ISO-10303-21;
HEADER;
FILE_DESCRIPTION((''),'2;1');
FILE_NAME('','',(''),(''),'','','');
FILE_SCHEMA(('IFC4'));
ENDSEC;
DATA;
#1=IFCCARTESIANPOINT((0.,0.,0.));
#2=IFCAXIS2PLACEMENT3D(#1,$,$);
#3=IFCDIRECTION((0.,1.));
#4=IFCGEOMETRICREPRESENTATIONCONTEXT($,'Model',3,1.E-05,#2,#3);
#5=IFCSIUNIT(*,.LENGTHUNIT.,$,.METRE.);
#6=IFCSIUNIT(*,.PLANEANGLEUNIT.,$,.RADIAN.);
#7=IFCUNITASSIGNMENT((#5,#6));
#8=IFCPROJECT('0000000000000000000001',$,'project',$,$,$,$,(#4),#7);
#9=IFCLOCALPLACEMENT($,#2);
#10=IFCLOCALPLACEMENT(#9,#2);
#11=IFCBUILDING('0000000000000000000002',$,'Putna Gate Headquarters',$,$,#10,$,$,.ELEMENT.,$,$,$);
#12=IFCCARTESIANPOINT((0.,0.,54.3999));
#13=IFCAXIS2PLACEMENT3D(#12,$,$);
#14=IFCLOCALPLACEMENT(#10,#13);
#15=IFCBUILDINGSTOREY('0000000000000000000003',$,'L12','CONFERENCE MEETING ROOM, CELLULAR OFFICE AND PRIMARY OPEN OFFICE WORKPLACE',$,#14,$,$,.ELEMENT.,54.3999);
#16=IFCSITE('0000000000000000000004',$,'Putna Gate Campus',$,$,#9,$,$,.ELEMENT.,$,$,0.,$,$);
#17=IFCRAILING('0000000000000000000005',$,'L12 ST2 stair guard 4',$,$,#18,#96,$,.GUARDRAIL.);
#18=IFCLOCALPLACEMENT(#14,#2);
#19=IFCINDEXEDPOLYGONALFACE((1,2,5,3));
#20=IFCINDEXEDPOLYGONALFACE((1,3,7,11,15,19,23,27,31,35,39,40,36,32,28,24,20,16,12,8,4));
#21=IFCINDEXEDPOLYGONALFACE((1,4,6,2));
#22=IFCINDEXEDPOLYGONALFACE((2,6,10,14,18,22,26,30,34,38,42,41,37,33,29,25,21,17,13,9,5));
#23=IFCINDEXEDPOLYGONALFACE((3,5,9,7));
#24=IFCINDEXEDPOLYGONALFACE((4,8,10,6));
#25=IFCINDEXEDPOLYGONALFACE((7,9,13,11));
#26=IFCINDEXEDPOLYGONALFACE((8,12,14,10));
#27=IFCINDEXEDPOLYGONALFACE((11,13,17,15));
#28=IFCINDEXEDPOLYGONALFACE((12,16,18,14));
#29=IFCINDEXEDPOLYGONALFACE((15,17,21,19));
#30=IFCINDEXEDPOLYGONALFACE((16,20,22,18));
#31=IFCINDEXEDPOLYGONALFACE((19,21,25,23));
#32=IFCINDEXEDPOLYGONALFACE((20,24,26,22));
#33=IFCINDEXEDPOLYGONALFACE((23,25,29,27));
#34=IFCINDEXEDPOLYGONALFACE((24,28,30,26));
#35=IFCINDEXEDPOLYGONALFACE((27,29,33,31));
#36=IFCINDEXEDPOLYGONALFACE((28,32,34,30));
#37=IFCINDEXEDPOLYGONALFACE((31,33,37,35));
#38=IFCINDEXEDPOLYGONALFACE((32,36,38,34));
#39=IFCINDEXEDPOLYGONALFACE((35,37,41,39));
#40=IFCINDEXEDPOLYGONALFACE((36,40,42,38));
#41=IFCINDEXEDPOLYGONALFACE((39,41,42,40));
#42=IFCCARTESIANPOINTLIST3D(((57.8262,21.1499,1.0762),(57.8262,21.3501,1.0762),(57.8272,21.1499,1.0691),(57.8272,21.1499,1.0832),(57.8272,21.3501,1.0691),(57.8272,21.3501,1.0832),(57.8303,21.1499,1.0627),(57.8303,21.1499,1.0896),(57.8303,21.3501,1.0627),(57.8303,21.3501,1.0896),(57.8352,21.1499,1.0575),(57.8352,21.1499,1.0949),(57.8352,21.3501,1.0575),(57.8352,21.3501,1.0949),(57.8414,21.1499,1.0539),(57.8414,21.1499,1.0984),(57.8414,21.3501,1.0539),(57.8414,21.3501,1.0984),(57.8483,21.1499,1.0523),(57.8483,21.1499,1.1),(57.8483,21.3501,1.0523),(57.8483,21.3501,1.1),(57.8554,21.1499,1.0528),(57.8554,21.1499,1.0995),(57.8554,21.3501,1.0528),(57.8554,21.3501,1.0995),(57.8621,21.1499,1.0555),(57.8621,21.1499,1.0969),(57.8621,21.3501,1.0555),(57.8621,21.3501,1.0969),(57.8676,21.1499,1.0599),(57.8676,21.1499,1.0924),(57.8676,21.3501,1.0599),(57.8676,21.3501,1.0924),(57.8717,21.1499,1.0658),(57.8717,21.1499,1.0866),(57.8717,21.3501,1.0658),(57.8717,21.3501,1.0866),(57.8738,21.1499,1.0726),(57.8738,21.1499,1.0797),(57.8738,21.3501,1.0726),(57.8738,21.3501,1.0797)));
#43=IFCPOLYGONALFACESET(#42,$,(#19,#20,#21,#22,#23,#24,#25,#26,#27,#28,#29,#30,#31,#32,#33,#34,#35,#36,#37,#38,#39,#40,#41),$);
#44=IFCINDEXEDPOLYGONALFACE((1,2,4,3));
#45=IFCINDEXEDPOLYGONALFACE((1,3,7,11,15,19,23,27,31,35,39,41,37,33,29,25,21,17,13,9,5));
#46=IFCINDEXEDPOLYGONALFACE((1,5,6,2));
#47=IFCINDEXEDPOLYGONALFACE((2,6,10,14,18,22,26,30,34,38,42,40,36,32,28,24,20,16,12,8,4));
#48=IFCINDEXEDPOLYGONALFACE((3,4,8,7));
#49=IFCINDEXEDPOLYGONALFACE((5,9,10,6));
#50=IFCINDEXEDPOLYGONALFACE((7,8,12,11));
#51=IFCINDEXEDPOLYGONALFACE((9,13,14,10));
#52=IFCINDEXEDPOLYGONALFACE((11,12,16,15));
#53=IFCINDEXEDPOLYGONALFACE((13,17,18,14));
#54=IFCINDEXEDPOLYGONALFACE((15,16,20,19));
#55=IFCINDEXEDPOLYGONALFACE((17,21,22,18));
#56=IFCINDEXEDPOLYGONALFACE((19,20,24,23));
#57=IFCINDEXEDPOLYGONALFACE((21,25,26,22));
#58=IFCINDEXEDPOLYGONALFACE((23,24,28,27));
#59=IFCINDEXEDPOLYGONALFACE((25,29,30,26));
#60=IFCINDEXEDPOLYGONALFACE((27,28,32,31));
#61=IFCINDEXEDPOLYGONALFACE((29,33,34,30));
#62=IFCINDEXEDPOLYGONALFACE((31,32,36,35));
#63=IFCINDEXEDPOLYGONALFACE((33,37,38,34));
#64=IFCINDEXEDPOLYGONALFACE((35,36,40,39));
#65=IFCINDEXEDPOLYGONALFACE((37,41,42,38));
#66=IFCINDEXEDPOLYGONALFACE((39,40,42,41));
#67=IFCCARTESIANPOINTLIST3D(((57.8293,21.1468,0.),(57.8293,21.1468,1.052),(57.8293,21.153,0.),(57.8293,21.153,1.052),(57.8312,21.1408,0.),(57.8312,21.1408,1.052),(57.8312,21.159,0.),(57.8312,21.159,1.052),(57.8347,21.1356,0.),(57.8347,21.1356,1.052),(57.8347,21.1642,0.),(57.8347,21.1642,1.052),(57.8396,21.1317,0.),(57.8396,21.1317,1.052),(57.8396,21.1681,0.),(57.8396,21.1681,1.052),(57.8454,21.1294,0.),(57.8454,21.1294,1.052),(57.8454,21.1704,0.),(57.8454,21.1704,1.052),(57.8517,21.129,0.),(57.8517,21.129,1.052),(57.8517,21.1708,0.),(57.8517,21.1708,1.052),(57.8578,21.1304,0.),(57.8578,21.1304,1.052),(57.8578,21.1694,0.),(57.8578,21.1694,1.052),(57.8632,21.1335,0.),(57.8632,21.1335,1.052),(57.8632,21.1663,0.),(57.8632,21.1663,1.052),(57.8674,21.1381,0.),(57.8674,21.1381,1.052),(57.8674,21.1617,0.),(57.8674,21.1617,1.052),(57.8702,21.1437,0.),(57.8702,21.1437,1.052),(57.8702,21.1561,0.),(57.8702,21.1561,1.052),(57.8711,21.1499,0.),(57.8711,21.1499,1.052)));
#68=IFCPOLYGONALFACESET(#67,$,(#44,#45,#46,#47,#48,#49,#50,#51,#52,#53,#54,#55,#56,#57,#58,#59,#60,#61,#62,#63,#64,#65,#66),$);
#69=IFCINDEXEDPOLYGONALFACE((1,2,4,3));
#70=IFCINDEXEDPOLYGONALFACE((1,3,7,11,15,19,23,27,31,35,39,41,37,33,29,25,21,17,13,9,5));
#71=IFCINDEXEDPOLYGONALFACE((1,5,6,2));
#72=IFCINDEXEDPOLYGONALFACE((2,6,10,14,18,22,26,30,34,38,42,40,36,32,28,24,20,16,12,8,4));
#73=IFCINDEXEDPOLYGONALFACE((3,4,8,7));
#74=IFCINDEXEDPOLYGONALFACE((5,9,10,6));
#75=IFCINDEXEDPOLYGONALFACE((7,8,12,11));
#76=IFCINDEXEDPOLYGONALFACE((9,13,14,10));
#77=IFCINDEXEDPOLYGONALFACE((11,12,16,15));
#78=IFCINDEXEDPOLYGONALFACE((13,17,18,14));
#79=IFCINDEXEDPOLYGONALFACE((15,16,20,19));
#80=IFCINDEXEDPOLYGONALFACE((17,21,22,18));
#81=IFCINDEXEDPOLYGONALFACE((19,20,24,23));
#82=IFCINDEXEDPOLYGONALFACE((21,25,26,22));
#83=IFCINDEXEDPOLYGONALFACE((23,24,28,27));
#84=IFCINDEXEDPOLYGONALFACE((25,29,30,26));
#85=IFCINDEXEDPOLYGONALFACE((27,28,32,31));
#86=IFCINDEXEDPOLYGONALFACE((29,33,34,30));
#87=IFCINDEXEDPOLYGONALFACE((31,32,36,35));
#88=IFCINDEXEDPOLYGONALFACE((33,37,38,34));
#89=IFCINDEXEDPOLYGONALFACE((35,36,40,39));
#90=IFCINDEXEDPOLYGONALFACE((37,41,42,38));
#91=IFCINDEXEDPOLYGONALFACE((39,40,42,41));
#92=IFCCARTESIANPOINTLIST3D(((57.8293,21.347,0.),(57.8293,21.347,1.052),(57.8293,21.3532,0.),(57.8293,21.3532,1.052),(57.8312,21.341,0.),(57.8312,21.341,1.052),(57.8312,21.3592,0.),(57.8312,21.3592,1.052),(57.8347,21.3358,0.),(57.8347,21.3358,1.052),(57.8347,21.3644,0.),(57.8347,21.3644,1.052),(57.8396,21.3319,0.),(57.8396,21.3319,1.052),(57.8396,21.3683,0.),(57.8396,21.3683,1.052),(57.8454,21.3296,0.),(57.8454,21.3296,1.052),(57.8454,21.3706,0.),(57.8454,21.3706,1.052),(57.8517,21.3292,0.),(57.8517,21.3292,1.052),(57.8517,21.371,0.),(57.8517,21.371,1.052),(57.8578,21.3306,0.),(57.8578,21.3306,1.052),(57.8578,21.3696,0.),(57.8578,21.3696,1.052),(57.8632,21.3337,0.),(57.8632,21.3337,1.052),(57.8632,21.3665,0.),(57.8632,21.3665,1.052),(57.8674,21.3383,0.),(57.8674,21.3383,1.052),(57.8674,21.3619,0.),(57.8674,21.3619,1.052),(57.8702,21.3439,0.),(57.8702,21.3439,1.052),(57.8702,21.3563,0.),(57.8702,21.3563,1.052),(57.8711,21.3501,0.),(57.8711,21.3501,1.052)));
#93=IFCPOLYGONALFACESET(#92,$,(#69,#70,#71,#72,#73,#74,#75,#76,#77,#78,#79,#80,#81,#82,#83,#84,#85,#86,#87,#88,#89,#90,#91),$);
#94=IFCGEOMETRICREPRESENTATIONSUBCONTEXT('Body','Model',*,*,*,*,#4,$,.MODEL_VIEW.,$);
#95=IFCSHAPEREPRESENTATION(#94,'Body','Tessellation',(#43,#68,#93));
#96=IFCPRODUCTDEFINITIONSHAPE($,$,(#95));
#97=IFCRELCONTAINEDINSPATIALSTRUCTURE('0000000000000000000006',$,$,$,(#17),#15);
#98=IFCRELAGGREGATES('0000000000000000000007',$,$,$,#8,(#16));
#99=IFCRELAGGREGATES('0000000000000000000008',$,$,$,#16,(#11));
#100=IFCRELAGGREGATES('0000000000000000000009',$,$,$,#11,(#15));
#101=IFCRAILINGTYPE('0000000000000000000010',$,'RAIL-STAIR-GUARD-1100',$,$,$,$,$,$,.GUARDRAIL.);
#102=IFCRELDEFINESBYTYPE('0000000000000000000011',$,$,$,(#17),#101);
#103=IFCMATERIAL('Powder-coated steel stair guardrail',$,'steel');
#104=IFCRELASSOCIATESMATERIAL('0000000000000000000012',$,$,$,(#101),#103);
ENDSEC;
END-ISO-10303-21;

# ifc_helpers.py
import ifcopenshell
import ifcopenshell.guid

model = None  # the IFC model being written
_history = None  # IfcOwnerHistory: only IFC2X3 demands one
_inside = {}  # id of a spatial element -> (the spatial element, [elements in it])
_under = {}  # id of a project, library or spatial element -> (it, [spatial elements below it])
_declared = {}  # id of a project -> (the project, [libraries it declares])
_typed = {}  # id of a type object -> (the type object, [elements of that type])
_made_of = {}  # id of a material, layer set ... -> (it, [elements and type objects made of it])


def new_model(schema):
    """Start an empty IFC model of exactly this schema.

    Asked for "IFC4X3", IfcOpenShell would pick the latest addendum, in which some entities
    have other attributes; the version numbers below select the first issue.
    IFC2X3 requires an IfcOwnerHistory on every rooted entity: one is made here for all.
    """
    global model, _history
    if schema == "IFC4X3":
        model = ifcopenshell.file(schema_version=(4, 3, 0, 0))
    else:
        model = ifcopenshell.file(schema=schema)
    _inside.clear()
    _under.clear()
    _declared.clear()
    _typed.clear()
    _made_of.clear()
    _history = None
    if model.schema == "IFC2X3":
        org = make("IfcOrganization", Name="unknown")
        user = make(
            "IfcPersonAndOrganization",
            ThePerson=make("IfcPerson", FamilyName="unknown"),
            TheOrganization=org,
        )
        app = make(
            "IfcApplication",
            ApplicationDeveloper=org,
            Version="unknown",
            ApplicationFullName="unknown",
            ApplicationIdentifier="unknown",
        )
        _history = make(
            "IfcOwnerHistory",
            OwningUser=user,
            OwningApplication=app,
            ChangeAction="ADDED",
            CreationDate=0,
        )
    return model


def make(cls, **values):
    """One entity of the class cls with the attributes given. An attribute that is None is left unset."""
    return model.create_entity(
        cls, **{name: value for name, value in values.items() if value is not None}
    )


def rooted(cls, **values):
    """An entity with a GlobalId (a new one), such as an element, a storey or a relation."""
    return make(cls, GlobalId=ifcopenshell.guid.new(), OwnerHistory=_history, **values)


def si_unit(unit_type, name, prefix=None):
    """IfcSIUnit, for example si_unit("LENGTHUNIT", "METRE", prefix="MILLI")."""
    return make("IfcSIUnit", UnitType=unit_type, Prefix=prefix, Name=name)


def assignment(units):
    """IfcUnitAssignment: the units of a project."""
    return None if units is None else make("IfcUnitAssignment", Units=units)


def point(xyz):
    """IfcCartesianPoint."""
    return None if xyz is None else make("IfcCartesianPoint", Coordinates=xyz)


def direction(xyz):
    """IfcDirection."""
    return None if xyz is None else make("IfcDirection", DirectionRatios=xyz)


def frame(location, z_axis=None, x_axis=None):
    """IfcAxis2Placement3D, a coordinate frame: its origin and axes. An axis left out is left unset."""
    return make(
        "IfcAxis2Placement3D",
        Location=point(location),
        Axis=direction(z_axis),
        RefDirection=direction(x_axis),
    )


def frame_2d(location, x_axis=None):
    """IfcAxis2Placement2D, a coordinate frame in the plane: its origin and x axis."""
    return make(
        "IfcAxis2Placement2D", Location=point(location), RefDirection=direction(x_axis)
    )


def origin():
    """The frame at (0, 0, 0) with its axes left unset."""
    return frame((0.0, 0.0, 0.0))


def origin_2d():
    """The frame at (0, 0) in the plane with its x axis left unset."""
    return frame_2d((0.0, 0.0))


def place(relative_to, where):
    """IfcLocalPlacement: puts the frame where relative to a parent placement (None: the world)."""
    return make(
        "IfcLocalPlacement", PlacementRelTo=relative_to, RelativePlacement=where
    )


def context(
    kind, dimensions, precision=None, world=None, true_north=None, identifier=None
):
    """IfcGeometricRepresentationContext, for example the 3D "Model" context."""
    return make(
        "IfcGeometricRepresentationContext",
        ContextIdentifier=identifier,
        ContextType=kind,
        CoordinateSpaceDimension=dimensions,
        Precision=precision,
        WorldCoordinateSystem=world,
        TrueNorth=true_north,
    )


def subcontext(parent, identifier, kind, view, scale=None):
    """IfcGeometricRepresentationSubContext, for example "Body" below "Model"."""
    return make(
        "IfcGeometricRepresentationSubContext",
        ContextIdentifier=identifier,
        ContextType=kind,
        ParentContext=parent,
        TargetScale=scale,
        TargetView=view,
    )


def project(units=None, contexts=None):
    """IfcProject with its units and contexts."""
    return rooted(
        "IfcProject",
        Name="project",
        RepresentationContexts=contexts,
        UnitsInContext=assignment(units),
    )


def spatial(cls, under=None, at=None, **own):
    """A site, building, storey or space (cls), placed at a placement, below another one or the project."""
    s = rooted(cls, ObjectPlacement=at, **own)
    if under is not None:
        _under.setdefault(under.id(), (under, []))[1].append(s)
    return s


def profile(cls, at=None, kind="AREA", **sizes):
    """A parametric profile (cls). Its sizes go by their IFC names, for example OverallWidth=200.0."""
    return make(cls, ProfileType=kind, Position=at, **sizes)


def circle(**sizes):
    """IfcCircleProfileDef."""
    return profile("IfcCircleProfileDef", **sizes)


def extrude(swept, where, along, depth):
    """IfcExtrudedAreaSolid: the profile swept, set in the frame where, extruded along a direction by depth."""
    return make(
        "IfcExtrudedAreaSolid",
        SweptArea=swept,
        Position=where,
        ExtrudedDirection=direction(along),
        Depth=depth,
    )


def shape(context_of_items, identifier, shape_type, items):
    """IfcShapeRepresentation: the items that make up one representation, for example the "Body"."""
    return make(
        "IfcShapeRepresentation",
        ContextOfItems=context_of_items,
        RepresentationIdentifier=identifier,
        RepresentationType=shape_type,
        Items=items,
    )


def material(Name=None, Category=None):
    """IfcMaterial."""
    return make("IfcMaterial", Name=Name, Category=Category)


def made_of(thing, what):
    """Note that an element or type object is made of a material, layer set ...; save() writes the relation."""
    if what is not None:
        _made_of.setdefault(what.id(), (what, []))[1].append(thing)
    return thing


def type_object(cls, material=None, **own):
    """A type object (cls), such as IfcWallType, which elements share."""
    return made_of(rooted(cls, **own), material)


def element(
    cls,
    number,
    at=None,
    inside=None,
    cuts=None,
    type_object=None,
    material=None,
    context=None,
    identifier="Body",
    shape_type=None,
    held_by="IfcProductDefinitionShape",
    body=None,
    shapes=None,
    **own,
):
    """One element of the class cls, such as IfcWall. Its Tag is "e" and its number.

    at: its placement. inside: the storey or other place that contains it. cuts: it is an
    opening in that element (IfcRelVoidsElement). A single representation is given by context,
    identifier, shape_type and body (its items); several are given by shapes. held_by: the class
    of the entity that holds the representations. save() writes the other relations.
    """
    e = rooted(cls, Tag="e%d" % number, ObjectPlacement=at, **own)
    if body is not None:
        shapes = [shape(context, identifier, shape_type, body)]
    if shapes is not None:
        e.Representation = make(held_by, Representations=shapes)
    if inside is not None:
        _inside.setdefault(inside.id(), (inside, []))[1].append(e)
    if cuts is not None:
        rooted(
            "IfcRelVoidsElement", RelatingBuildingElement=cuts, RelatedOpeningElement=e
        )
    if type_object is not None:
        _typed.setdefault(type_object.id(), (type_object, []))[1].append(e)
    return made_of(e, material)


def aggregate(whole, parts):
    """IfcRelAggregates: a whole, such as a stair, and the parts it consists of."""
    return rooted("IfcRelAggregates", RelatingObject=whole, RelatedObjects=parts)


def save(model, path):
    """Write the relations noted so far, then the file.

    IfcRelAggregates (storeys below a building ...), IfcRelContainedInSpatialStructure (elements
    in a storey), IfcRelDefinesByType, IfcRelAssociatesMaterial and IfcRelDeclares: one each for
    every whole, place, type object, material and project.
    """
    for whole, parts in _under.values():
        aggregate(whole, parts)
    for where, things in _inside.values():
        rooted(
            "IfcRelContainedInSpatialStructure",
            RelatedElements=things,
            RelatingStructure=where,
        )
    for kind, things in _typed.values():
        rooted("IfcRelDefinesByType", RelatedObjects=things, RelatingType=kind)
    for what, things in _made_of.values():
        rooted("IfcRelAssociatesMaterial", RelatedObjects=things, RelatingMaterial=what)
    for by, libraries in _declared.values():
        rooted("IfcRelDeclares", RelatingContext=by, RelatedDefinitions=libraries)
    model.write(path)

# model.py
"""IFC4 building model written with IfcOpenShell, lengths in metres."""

from ifc_helpers import new_model, si_unit, direction, frame, origin, origin_2d, place, context, subcontext, project, spatial, circle, extrude, material, type_object, element, save


model = new_model("IFC4")

# Units and contexts
model_context = context("Model", 3, precision=1e-05, world=origin(), true_north=direction((0.0, 1.0)))
body_context = subcontext(model_context, "Body", "Model", "MODEL_VIEW")
ifc_project = project(units=[si_unit("LENGTHUNIT", "METRE"), si_unit("PLANEANGLEUNIT", "RADIAN")], contexts=[model_context])

# Site, building, storey
site_placement = place(None, origin())
site = spatial("IfcSite", under=ifc_project, at=site_placement, Name="Putna Gate Campus", CompositionType="ELEMENT", RefElevation=0.0)
building_placement = place(site_placement, origin())
building = spatial("IfcBuilding", under=site, at=building_placement, Name="Putna Gate Headquarters", CompositionType="ELEMENT")
storey_placement = place(building_placement, frame((0.0, 0.0, 54.3999)))
storey = spatial("IfcBuildingStorey", under=building, at=storey_placement, Name="L12", Description="CONFERENCE MEETING ROOM, CELLULAR OFFICE AND PRIMARY OPEN OFFICE WORKPLACE", CompositionType="ELEMENT", Elevation=54.3999)

# Railing
ifc_material_1 = material(Name="Powder-coated steel stair guardrail", Category="steel")
railing_type_1 = type_object("IfcRailingType", Name="RAIL-STAIR-GUARD-1100", PredefinedType="GUARDRAIL", material=ifc_material_1)
railing_1_placement = place(storey_placement, frame((57.8501, 21.1499, 0.0)))
element("IfcRailing", 1, at=railing_1_placement, inside=storey, type_object=railing_type_1, Name="L12 ST2 stair guard 4", PredefinedType="GUARDRAIL", context=body_context, shape_type="SweptSolid", body=[
    extrude(circle(Radius=0.0239, at=origin_2d()), frame((0.0, 0.0, 1.0762), z_axis=(0.0, 1.0, 0.0), x_axis=(-1.0, 0.0, 0.0)), (0.0, 0.0, 1.0), 0.2002),
    extrude(circle(Radius=0.021, at=origin_2d()), origin(), (0.0, 0.0, 1.0), 1.052),
    extrude(circle(Radius=0.021, at=origin_2d()), frame((0.0, 0.2002, 0.0)), (0.0, 0.0, 1.0), 1.052),
])

save(model, "model.ifc")
